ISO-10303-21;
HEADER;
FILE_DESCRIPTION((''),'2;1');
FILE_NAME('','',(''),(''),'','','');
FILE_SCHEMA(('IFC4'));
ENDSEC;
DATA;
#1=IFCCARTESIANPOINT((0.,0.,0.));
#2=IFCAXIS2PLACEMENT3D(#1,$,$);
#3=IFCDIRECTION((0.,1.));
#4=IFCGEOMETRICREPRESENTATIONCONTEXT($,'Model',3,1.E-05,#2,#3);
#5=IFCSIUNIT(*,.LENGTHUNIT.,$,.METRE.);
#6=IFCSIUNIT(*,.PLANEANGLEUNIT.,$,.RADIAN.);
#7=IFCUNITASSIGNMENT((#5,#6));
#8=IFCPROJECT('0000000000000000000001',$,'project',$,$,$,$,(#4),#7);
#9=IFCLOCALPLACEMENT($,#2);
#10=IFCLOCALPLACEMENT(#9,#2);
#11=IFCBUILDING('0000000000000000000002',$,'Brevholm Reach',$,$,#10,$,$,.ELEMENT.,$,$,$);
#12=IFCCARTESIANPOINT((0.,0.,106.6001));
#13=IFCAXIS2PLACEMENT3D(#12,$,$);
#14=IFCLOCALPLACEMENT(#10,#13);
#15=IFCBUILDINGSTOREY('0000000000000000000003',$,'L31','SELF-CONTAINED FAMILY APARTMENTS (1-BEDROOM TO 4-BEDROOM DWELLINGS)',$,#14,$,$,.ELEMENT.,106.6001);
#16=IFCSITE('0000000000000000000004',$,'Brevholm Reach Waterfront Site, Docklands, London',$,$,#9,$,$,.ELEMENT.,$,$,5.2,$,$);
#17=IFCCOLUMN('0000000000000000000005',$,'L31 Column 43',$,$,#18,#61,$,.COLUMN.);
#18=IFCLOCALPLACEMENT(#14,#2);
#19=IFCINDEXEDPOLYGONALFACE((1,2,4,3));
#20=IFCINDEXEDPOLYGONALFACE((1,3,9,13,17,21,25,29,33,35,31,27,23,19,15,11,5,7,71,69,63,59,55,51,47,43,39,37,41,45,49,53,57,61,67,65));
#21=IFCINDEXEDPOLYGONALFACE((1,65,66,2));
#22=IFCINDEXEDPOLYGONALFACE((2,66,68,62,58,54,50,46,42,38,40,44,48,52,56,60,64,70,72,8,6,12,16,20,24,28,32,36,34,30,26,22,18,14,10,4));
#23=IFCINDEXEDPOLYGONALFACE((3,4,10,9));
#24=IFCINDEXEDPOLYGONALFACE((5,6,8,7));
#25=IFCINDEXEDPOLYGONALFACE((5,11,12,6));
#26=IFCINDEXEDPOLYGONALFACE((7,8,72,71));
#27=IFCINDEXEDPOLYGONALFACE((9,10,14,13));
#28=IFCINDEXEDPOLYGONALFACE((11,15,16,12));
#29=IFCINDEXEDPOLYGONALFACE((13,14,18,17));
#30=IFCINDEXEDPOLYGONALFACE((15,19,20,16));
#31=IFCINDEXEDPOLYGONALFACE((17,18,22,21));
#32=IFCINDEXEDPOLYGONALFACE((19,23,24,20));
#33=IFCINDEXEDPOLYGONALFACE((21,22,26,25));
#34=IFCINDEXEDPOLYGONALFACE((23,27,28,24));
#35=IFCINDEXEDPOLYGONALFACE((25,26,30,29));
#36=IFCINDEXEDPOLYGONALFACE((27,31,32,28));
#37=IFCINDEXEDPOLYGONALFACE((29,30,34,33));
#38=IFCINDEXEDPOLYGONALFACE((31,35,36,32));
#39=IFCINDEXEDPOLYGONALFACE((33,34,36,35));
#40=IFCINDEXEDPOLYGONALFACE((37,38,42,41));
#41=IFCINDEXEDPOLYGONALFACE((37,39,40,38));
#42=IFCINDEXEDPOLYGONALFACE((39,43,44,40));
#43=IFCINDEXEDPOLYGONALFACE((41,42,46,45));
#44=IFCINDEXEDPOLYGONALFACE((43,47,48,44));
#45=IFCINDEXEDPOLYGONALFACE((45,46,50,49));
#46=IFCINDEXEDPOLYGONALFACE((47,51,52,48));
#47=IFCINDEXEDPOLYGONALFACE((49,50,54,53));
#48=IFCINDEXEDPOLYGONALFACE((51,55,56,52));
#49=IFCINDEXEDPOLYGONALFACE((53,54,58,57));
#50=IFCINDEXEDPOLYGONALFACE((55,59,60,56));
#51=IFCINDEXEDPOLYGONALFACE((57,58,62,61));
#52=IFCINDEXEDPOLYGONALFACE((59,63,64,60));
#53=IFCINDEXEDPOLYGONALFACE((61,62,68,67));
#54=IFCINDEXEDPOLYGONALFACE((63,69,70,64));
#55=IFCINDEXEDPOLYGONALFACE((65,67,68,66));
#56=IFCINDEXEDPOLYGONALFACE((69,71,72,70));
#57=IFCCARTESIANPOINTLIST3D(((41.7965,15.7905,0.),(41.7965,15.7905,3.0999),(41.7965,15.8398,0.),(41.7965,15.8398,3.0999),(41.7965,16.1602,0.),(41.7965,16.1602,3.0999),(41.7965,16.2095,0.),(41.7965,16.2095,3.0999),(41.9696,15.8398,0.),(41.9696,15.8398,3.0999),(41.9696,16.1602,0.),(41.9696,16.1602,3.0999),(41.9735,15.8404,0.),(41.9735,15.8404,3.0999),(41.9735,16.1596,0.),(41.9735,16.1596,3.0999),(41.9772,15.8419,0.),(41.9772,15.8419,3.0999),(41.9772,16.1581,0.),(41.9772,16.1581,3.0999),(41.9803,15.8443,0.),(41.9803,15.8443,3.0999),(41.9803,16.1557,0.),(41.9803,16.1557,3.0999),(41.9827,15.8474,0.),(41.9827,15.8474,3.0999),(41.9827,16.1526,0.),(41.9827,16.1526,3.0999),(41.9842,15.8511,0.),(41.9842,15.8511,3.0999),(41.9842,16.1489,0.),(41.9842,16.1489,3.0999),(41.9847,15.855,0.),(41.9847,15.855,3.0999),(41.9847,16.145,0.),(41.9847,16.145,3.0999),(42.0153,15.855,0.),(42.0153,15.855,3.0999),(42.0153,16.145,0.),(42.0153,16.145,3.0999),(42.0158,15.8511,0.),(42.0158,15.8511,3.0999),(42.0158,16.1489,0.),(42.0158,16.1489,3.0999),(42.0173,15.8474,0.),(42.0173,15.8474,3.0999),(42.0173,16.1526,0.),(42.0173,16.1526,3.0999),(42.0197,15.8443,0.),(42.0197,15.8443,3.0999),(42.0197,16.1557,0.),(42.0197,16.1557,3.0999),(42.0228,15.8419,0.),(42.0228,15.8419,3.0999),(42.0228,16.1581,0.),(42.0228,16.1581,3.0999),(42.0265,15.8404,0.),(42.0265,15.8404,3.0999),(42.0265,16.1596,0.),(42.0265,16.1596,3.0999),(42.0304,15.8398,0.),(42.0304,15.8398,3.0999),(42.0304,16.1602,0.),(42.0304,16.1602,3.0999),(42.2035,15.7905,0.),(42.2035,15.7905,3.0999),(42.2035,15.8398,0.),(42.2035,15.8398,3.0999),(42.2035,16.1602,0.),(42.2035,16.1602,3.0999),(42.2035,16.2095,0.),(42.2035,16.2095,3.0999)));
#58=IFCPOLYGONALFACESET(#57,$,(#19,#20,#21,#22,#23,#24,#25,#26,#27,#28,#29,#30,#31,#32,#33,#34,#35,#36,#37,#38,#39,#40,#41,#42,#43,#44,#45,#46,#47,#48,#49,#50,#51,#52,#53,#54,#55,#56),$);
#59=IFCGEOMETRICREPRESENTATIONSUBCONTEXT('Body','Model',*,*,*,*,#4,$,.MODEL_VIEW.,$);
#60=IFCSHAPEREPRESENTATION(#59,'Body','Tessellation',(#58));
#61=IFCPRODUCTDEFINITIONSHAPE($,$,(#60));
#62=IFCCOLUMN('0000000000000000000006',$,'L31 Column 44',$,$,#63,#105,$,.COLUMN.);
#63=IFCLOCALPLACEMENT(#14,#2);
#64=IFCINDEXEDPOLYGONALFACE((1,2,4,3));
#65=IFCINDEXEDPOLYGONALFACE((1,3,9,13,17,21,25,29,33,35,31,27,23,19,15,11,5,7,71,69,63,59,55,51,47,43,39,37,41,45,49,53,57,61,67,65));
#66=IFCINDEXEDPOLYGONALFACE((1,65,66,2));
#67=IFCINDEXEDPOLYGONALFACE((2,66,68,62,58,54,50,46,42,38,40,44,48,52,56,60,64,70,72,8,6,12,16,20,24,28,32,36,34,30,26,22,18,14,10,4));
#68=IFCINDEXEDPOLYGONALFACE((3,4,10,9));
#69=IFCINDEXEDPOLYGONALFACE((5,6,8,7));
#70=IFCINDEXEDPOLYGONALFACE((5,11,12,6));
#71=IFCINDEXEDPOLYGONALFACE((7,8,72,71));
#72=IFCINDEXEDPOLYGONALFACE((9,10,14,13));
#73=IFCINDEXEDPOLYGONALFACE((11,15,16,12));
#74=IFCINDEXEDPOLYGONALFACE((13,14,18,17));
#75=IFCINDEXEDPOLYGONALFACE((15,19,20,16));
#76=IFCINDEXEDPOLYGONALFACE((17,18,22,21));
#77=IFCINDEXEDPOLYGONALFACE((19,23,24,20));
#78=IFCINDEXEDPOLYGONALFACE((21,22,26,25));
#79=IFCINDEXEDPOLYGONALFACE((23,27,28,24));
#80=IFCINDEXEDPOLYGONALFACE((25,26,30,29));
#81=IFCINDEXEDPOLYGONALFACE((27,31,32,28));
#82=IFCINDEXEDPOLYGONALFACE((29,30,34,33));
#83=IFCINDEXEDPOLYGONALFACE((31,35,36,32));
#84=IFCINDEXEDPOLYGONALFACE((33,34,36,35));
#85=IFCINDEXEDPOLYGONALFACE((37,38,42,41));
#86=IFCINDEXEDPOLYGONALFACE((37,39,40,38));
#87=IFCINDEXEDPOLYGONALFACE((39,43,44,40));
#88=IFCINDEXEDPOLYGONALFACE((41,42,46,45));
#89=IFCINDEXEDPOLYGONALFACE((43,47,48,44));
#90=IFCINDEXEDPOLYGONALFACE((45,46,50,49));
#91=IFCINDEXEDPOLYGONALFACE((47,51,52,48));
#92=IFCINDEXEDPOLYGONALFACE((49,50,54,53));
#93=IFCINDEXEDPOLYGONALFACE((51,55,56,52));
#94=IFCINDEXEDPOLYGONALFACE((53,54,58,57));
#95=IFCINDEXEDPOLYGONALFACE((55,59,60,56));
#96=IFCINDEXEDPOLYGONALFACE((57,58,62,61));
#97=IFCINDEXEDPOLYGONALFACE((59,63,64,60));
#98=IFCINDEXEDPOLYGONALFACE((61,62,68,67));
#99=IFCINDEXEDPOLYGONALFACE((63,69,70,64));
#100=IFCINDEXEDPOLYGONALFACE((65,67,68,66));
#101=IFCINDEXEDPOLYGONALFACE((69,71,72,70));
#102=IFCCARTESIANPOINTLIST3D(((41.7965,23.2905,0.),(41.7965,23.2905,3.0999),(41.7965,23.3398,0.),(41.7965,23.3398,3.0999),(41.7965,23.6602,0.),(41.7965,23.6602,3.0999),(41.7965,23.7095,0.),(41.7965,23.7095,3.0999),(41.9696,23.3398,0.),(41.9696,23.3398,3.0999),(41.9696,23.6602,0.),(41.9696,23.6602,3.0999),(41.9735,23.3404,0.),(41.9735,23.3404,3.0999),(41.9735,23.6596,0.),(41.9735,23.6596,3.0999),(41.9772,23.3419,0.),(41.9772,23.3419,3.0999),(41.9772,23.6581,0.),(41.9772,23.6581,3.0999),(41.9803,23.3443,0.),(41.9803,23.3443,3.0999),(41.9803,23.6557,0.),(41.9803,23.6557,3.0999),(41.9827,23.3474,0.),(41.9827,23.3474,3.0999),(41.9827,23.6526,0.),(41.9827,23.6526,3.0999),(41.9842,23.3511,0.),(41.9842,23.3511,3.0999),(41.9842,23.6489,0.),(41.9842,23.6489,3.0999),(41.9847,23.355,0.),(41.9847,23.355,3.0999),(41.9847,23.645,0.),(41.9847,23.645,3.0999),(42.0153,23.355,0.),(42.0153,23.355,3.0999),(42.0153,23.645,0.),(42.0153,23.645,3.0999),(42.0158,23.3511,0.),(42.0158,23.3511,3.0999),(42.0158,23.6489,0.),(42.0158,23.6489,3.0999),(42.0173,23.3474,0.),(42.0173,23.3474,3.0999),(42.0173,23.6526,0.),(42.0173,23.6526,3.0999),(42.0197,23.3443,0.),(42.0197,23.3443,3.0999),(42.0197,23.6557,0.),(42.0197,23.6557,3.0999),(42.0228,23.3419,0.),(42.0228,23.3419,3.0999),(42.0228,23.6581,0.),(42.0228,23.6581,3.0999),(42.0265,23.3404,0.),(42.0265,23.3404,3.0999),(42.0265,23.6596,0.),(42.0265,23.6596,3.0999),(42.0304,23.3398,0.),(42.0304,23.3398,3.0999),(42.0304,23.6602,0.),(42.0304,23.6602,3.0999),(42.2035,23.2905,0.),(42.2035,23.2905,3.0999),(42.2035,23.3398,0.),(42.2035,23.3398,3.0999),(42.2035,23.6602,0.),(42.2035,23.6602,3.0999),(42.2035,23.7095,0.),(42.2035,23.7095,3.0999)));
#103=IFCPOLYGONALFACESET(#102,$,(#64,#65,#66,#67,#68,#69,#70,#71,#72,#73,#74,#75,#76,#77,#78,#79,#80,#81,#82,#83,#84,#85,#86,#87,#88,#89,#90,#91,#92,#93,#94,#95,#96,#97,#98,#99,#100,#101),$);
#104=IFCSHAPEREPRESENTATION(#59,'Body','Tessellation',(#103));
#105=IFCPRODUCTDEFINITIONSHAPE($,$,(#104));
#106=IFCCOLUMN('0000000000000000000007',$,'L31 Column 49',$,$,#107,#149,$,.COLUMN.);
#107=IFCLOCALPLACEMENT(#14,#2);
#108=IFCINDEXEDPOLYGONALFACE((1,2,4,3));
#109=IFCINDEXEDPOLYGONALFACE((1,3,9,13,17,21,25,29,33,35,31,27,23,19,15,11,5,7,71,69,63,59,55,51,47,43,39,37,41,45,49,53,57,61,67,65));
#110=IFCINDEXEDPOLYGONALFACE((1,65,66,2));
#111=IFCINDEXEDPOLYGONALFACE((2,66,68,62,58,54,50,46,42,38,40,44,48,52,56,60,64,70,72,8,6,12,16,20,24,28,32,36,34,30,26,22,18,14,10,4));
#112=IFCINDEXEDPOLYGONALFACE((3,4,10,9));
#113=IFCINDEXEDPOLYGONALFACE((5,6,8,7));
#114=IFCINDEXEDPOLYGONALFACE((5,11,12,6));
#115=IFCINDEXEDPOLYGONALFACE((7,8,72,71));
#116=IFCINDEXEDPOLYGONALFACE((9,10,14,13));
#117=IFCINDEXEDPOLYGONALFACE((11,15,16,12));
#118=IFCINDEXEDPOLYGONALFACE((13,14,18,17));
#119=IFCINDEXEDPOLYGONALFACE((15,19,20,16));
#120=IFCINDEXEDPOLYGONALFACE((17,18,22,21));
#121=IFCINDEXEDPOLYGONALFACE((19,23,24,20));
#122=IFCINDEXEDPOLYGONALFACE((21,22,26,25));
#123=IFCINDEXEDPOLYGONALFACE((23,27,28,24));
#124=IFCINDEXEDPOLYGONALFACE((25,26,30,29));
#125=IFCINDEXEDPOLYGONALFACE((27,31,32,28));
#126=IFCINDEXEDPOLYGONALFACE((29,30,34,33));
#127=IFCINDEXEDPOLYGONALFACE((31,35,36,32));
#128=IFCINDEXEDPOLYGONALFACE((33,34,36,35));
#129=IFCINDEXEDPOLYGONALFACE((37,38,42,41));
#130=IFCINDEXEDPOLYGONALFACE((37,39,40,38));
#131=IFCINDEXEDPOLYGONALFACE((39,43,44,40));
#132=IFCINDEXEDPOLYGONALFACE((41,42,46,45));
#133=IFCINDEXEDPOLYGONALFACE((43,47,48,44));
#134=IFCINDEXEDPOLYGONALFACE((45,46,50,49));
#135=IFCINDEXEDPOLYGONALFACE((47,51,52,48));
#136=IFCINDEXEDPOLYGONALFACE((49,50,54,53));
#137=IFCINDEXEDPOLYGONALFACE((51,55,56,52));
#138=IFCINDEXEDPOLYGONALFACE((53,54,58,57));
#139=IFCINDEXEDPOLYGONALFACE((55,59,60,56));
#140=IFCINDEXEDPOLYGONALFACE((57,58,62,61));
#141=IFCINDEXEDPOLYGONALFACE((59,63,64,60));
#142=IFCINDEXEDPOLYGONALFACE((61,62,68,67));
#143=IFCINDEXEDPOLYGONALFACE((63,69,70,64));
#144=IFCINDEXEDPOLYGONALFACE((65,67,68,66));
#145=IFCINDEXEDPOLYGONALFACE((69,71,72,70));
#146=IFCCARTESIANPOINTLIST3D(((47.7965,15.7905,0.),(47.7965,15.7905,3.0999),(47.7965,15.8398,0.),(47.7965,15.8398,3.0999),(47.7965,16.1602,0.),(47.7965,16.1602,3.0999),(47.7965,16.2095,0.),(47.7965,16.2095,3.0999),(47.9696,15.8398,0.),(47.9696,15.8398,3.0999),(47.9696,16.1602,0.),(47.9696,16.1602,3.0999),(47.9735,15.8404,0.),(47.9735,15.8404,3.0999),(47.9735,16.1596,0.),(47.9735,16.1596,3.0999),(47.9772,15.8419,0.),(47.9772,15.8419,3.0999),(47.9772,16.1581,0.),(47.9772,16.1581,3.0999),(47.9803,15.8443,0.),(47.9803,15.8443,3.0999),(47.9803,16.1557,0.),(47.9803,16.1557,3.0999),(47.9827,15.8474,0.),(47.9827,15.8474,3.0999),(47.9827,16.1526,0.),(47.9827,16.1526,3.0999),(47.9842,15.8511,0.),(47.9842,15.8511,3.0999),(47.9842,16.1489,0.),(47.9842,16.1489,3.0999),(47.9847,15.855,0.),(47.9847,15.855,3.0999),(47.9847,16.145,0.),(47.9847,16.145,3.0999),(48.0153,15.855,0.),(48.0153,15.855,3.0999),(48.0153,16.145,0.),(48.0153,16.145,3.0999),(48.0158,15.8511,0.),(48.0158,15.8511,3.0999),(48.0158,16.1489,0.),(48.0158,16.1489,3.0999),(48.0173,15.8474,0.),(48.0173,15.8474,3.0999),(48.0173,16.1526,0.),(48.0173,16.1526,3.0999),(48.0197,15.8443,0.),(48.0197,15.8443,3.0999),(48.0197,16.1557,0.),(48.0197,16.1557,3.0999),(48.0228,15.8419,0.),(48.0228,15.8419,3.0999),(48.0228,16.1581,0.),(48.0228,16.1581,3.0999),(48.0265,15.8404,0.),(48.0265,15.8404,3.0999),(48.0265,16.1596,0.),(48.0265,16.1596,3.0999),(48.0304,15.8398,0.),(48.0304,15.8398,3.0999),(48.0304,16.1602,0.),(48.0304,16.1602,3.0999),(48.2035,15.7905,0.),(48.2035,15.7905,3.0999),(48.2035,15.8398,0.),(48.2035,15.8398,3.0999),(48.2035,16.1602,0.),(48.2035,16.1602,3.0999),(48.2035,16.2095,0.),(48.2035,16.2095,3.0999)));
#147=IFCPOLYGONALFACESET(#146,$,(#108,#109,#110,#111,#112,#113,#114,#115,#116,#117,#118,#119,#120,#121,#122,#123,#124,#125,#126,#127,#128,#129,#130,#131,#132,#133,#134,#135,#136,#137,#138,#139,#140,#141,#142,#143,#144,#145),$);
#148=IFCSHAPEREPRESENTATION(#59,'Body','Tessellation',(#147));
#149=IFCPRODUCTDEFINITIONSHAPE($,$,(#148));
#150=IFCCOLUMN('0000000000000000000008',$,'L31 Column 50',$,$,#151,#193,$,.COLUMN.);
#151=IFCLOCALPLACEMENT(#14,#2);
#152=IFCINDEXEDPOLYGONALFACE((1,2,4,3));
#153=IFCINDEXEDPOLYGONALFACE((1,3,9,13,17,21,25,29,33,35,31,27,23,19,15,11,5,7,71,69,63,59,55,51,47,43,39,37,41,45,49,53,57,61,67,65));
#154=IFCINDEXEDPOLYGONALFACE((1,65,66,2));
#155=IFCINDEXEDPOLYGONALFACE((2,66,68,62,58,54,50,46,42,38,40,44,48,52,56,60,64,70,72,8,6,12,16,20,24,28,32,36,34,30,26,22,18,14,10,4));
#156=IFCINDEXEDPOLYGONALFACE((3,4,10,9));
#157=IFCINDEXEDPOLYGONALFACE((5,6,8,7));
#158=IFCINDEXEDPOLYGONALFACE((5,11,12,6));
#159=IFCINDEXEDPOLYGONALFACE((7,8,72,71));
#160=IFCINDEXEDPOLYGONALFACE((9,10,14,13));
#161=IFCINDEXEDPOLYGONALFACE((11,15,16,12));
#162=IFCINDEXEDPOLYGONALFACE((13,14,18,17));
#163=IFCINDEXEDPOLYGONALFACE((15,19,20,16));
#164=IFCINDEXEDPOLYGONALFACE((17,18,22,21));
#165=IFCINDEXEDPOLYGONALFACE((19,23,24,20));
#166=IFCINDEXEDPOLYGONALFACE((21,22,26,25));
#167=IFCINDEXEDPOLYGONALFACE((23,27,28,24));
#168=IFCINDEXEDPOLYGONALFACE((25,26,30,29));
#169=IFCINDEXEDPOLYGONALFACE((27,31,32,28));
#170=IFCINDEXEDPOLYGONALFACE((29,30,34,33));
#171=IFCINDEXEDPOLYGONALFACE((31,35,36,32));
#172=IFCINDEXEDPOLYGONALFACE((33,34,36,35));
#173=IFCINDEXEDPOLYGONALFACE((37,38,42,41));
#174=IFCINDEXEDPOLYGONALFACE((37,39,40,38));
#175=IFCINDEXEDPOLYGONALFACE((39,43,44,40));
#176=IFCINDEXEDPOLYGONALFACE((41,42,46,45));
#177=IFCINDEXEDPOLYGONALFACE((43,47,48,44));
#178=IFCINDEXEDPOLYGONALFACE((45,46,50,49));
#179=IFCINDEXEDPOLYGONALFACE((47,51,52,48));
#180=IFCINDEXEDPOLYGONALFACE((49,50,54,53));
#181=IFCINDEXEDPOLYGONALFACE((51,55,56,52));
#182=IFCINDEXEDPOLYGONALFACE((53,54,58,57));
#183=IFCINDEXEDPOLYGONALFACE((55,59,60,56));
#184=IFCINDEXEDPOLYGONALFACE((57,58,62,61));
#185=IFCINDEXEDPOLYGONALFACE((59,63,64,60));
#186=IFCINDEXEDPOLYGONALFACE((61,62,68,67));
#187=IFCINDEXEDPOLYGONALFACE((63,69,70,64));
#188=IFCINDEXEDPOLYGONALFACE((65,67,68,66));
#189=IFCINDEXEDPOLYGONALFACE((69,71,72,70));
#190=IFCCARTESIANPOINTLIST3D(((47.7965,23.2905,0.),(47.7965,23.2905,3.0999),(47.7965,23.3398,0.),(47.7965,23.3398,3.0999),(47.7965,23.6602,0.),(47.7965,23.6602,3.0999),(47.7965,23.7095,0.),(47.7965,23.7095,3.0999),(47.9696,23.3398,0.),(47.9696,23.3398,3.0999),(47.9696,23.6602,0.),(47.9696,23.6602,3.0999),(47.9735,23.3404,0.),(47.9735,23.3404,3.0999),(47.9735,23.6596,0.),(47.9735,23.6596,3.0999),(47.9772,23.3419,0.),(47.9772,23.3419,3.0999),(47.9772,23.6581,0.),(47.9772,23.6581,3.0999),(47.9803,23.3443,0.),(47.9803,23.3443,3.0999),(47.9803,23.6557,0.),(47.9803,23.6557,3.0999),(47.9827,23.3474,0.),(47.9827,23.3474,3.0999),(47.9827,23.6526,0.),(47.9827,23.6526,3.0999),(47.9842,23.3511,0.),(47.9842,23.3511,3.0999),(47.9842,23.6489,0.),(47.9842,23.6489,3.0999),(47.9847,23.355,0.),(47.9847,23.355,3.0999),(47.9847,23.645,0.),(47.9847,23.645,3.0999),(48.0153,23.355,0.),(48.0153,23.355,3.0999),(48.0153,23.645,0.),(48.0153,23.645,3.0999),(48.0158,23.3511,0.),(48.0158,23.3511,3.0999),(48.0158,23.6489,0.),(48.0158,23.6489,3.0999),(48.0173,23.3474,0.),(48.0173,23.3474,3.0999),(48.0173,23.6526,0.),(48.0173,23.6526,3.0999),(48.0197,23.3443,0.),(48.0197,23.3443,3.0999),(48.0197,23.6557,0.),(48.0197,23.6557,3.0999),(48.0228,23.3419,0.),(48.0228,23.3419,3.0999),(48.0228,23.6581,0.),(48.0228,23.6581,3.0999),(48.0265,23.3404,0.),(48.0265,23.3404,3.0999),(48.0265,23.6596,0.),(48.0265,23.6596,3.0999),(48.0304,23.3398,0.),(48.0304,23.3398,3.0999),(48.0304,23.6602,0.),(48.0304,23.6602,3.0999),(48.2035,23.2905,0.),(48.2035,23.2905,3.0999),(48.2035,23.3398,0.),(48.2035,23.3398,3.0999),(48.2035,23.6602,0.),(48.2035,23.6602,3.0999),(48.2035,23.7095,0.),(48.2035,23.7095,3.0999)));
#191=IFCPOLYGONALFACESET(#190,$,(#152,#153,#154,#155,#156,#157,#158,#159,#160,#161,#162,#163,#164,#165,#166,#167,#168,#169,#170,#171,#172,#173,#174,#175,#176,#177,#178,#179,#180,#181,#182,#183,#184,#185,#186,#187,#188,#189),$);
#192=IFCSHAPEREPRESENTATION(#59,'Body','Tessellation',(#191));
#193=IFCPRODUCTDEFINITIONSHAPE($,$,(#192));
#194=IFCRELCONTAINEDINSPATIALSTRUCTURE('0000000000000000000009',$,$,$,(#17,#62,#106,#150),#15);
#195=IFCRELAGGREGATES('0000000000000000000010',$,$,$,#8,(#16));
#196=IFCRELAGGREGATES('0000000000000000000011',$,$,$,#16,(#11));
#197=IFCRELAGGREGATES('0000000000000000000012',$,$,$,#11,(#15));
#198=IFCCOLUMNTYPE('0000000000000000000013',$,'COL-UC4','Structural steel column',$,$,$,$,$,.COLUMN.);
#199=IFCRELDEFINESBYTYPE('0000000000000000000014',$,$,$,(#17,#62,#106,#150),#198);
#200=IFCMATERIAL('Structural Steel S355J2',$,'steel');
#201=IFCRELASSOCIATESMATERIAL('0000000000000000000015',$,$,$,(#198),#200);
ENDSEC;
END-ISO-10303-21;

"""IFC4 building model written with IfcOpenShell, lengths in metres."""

from ifc_helpers import new_model, si_unit, direction, frame, origin, origin_2d, place, context, subcontext, project, spatial, i_section, extrude, material, material_profile, profile_set, type_object, element, save


model = new_model("IFC4")

# Units and contexts
model_context = context("Model", 3, precision=1e-05, world=origin(), true_north=direction((0.0, 1.0)))
body_context = subcontext(model_context, "Body", "Model", "MODEL_VIEW")
ifc_project = project(units=[si_unit("LENGTHUNIT", "METRE"), si_unit("PLANEANGLEUNIT", "RADIAN")], contexts=[model_context])

# Site, building, storey
site_placement = place(None, origin())
site = spatial("IfcSite", under=ifc_project, at=site_placement, Name="Brevholm Reach Waterfront Site, Docklands, London", CompositionType="ELEMENT", RefElevation=5.2)
building_placement = place(site_placement, origin())
building = spatial("IfcBuilding", under=site, at=building_placement, Name="Brevholm Reach", CompositionType="ELEMENT")
storey_placement = place(building_placement, frame((0.0, 0.0, 106.6001)))
storey = spatial("IfcBuildingStorey", under=building, at=storey_placement, Name="L31", Description="SELF-CONTAINED FAMILY APARTMENTS (1-BEDROOM TO 4-BEDROOM DWELLINGS)", CompositionType="ELEMENT", Elevation=106.6001)

# Columns
ifc_material_1 = material(Name="Structural Steel S355J2", Category="steel")
ifc_material_profile_1 = material_profile(ifc_material_1, i_section(OverallWidth=0.407, OverallDepth=0.4189, WebThickness=0.0305, FlangeThickness=0.0493, FilletRadius=0.0151, at=origin_2d()), Name="UKC 356x406x393")
ifc_profile_set_1 = profile_set([ifc_material_profile_1], Name="Structural Steel S355J2")
column_type = type_object("IfcColumnType", Name="COL-UC4", Description="Structural steel column", PredefinedType="COLUMN", material=ifc_profile_set_1)
for number, where, z_axis, x_axis, name in (
    (1, (42.0, 16.0, 0.0), (0.0, 0.0, 1.0), (1.0, 0.0, 0.0), "L31 Column 43"),
    (2, (42.0, 23.5, 0.0), (0.0, 0.0, 1.0), (1.0, 0.0, 0.0), "L31 Column 44"),
    (3, (48.0, 16.0, 0.0), (0.0, 0.0, 1.0), (1.0, 0.0, 0.0), "L31 Column 49"),
    (4, (48.0, 23.5, 0.0), (0.0, 0.0, 1.0), (1.0, 0.0, 0.0), "L31 Column 50"),
):
    element("IfcColumn", number, at=place(storey_placement, frame(where, z_axis=z_axis, x_axis=x_axis)), inside=storey, type_object=column_type, Name=name, PredefinedType="COLUMN", context=body_context, shape_type="SweptSolid", body=[
        extrude(i_section(OverallWidth=0.407, OverallDepth=0.4189, WebThickness=0.0305, FlangeThickness=0.0493, FilletRadius=0.0151, at=origin_2d()), origin(), (0.0, 0.0, 1.0), 3.0999),
    ])

save(model, "model.ifc")
